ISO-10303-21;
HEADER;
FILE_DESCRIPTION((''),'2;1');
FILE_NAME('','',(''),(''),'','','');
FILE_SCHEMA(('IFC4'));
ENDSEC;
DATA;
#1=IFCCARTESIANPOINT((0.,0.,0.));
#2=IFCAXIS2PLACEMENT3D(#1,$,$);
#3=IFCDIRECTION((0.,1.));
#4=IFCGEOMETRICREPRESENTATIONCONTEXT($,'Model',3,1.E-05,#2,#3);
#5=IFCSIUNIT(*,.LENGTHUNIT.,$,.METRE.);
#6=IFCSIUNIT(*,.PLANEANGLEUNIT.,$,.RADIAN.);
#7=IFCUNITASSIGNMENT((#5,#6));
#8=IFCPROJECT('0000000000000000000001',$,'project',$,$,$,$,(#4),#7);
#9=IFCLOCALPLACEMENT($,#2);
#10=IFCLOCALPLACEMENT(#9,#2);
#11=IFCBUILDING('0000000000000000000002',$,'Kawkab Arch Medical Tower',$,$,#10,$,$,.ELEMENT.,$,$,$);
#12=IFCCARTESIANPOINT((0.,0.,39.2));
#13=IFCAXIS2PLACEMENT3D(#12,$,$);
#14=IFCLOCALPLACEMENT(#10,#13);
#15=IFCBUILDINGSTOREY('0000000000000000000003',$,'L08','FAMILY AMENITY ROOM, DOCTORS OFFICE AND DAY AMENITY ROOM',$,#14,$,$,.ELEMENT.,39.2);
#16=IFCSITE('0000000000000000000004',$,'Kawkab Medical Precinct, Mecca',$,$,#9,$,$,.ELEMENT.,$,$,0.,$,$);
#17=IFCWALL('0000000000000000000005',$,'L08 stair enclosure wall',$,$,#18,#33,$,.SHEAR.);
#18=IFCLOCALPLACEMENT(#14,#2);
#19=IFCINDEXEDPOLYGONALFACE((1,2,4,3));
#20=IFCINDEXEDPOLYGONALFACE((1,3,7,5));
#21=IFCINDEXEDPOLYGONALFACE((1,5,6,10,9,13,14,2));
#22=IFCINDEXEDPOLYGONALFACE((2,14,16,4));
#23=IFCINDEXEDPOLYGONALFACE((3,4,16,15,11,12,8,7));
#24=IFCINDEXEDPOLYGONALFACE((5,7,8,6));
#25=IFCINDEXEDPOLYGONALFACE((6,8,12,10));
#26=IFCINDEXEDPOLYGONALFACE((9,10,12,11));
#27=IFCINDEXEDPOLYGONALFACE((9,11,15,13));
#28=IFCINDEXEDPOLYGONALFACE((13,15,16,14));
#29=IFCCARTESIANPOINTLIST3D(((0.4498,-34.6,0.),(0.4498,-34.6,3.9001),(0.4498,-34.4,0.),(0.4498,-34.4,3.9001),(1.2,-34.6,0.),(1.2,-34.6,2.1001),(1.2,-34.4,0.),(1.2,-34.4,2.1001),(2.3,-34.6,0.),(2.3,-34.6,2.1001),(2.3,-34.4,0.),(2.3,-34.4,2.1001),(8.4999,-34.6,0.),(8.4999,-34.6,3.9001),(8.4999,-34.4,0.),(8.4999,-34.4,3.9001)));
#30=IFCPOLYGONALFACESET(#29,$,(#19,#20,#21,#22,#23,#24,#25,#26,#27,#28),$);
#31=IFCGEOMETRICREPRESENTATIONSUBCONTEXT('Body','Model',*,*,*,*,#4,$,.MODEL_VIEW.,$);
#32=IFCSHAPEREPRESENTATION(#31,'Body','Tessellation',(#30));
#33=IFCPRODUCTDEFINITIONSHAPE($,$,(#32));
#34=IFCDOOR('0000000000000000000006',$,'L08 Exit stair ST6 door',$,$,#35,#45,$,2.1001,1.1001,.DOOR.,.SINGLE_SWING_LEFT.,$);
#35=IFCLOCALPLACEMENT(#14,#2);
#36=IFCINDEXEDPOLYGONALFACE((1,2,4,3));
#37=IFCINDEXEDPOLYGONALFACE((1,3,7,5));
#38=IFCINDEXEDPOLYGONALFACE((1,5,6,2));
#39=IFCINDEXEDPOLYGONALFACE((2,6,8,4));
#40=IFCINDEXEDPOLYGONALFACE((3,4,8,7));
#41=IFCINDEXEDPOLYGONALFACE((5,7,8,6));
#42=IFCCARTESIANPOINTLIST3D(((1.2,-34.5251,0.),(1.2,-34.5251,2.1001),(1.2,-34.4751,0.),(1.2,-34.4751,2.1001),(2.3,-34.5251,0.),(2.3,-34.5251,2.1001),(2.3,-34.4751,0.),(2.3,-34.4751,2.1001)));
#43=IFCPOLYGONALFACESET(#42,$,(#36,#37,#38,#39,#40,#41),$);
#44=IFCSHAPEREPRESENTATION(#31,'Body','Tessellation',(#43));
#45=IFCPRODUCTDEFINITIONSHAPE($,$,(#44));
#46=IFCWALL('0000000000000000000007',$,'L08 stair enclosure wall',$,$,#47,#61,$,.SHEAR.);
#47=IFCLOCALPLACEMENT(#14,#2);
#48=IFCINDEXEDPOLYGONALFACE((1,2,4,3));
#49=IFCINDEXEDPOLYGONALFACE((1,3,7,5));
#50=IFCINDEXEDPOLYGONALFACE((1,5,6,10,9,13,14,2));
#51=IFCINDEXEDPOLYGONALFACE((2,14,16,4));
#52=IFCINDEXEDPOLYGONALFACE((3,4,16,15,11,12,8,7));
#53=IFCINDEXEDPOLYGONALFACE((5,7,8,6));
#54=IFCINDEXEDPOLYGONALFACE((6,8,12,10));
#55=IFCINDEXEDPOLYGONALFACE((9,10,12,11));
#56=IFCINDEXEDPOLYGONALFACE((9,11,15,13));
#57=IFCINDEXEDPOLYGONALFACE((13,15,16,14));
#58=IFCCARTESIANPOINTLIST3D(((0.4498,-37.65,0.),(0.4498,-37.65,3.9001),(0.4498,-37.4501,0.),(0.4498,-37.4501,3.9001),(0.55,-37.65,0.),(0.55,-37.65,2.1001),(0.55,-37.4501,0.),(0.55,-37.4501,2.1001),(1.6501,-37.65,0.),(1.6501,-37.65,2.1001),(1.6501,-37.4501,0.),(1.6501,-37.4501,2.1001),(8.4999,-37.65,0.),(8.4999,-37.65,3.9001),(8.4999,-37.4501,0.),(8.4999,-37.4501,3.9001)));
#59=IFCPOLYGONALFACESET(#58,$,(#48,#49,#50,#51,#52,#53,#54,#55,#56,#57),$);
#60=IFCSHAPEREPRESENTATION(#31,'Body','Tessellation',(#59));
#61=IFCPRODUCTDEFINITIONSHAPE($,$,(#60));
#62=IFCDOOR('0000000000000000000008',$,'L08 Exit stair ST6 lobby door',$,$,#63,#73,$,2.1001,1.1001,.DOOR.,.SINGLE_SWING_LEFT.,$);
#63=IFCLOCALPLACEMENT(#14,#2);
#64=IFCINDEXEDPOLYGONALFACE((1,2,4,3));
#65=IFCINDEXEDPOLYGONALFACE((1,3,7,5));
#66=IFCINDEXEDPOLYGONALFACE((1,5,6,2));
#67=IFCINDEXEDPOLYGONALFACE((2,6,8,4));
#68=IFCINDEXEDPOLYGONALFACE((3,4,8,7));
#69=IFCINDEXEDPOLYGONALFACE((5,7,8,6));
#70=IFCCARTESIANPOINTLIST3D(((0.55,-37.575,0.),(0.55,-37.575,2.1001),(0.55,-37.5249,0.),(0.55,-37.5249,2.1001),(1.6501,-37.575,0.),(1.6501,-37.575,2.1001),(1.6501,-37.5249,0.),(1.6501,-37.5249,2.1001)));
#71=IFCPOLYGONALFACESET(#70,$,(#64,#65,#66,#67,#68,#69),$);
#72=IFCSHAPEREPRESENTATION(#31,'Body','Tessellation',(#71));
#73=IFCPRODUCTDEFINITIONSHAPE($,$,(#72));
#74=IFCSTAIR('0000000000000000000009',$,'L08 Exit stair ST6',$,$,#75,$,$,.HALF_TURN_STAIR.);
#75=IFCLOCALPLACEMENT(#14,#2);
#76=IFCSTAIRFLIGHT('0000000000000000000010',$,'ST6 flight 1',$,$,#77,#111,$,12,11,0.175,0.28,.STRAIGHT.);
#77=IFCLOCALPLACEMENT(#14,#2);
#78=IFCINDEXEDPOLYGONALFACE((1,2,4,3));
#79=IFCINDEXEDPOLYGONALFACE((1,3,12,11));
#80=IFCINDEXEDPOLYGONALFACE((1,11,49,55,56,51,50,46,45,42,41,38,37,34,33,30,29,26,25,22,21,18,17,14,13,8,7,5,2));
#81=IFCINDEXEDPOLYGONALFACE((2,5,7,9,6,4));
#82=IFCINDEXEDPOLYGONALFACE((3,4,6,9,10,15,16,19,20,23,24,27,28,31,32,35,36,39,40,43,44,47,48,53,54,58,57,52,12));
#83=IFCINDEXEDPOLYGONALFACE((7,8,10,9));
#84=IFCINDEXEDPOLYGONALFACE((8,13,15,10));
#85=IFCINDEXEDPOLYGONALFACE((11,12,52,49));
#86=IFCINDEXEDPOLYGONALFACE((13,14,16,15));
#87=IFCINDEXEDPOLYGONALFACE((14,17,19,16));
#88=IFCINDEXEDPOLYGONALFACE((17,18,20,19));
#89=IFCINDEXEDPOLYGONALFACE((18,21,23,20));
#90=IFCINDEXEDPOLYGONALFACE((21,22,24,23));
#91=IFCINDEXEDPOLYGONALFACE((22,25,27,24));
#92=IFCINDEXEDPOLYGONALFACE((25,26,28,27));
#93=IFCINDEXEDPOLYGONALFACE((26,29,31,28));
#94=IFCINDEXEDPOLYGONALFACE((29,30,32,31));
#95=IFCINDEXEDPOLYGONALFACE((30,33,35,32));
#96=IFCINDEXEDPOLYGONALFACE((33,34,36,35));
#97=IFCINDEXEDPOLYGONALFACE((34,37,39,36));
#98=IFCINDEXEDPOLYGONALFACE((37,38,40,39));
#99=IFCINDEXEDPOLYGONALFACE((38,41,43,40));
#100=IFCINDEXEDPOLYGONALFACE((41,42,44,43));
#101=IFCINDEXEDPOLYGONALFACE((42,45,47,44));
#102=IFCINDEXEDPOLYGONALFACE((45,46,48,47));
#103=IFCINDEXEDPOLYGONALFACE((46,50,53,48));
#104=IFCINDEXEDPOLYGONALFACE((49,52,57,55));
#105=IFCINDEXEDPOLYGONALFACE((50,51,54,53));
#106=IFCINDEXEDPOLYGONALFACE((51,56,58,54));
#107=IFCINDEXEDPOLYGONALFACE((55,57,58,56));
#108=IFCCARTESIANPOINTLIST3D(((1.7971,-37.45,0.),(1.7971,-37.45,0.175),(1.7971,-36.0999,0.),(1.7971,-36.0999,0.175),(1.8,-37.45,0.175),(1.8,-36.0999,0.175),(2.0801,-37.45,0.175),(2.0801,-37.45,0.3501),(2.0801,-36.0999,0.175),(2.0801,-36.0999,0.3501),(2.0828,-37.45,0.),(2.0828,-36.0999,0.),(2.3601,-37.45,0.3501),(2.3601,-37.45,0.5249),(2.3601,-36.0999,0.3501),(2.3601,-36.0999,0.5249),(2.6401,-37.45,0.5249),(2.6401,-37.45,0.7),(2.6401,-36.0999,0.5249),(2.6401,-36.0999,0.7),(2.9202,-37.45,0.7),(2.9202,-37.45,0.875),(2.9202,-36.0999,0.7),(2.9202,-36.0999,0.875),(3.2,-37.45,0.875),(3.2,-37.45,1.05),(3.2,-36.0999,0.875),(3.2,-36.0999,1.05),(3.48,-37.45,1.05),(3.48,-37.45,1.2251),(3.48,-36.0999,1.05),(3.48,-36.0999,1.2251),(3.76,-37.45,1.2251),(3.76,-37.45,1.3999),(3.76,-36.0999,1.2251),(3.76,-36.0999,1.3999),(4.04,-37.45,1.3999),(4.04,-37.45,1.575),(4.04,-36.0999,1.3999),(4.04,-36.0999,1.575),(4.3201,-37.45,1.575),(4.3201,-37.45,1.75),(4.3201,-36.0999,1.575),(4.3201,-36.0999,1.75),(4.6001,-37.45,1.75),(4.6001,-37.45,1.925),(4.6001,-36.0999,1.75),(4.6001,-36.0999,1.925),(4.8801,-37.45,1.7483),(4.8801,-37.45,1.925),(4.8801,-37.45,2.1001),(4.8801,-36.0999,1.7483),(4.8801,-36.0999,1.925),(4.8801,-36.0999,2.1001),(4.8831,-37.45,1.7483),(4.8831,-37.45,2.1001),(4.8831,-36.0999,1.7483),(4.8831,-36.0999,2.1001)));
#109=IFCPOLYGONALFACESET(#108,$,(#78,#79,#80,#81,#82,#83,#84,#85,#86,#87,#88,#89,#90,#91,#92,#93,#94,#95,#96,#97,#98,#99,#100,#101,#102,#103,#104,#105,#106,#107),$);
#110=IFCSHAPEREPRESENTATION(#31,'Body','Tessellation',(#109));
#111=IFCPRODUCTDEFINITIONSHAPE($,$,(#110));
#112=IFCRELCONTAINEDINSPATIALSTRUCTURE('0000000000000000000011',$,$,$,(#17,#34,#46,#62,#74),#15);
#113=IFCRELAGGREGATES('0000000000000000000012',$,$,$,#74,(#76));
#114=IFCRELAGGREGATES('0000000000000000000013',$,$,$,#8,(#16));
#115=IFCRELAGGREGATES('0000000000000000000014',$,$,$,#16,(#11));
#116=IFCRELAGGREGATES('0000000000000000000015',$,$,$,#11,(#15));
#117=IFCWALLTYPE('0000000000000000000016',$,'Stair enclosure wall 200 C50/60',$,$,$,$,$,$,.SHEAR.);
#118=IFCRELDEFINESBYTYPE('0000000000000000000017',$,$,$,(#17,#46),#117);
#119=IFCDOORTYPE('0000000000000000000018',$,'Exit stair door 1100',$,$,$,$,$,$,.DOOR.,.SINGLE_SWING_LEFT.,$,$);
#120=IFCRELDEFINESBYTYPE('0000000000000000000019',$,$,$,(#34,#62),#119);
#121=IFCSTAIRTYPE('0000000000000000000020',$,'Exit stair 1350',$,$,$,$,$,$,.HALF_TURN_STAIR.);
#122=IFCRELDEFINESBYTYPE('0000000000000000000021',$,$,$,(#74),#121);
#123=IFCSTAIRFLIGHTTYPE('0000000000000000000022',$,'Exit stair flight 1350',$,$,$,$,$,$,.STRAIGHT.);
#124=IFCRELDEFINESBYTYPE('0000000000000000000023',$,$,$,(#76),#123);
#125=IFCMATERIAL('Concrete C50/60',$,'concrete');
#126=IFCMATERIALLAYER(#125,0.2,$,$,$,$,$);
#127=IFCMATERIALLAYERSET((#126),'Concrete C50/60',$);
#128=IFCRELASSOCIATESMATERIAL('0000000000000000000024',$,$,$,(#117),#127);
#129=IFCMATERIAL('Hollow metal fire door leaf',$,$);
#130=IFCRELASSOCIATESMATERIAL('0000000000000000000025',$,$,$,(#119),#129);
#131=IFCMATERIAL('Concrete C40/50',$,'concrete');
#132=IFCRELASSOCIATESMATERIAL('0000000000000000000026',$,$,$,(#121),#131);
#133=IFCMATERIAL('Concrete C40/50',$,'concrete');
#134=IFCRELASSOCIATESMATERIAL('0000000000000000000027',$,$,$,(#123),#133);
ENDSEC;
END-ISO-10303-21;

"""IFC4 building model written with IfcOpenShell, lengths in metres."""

from ifc_helpers import new_model, si_unit, direction, frame, frame_2d, origin, place, context, subcontext, project, spatial, polyline, rectangle, outline, extrude, material, layer, layer_set, type_object, element, fill, aggregate, save


model = new_model("IFC4")

# Units and contexts
model_context = context("Model", 3, precision=1e-05, world=origin(), true_north=direction((0.0, 1.0)))
body_context = subcontext(model_context, "Body", "Model", "MODEL_VIEW")
ifc_project = project(units=[si_unit("LENGTHUNIT", "METRE"), si_unit("PLANEANGLEUNIT", "RADIAN")], contexts=[model_context])

# Site, building, storey
site_placement = place(None, origin())
site = spatial("IfcSite", under=ifc_project, at=site_placement, Name="Kawkab Medical Precinct, Mecca", CompositionType="ELEMENT", RefElevation=0.0)
building_placement = place(site_placement, origin())
building = spatial("IfcBuilding", under=site, at=building_placement, Name="Kawkab Arch Medical Tower", CompositionType="ELEMENT")
storey_placement = place(building_placement, frame((0.0, 0.0, 39.2)))
storey = spatial("IfcBuildingStorey", under=building, at=storey_placement, Name="L08", Description="FAMILY AMENITY ROOM, DOCTORS OFFICE AND DAY AMENITY ROOM", CompositionType="ELEMENT", Elevation=39.2)

# Shared definitions
placement = place(storey_placement, origin())

# Walls, openings, doors
ifc_material_1 = material(Name="Concrete C50/60", Category="concrete")
ifc_layer_1 = layer(ifc_material_1, 0.2)
ifc_layer_set_1 = layer_set([ifc_layer_1], Name="Concrete C50/60")
wall_type_1 = type_object("IfcWallType", Name="Stair enclosure wall 200 C50/60", PredefinedType="SHEAR", material=ifc_layer_set_1)
wall_1_placement = place(storey_placement, frame((0.45, -34.5, 0.0), z_axis=(0.0, 0.0, 1.0), x_axis=(1.0, 0.0, 0.0)))
wall_1 = element("IfcWall", 1, at=wall_1_placement, inside=storey, type_object=wall_type_1, Name="L08 stair enclosure wall", PredefinedType="SHEAR", context=body_context, shape_type="SweptSolid", body=[
    extrude(rectangle(XDim=8.05, YDim=0.2, at=frame_2d((4.0249, 0.0))), origin(), (0.0, 0.0, 1.0), 3.9001),
])
opening_1_placement = place(wall_1_placement, frame((0.75, 0.0, 0.0)))
opening_1 = element("IfcOpeningElement", 2, at=opening_1_placement, cuts=wall_1, PredefinedType="OPENING", context=body_context, shape_type="SweptSolid", body=[
    extrude(rectangle(XDim=1.1001, YDim=2.1001, at=frame_2d((0.55, 1.05))), frame((0.0, 0.1099, 0.0), z_axis=(0.0, -1.0, 0.0), x_axis=(1.0, 0.0, 0.0)), (0.0, 0.0, 1.0), 0.22),
])
ifc_material_2 = material(Name="Hollow metal fire door leaf")
door_type_1 = type_object("IfcDoorType", Name="Exit stair door 1100", OperationType="SINGLE_SWING_LEFT", PredefinedType="DOOR", material=ifc_material_2)
door_1_placement = place(opening_1_placement, origin())
door_1 = element("IfcDoor", 3, at=door_1_placement, inside=storey, type_object=door_type_1, Name="L08 Exit stair ST6 door", OperationType="SINGLE_SWING_LEFT", OverallHeight=2.1001, OverallWidth=1.1001, PredefinedType="DOOR", context=body_context, shape_type="SweptSolid", body=[
    extrude(rectangle(XDim=1.1001, YDim=2.1001, at=frame_2d((0.55, 1.05))), frame((0.0, 0.0249, 0.0), z_axis=(0.0, -1.0, 0.0), x_axis=(1.0, 0.0, 0.0)), (0.0, 0.0, 1.0), 0.05),
])
fill(opening_1, door_1)
wall_2_placement = place(storey_placement, frame((0.45, -37.55, 0.0), z_axis=(0.0, 0.0, 1.0), x_axis=(1.0, 0.0, 0.0)))
wall_2 = element("IfcWall", 4, at=wall_2_placement, inside=storey, type_object=wall_type_1, Name="L08 stair enclosure wall", PredefinedType="SHEAR", context=body_context, shape_type="SweptSolid", body=[
    extrude(rectangle(XDim=8.05, YDim=0.2, at=frame_2d((4.0249, 0.0))), origin(), (0.0, 0.0, 1.0), 3.9001),
])
opening_2_placement = place(wall_2_placement, frame((0.1001, 0.0, 0.0)))
opening_2 = element("IfcOpeningElement", 5, at=opening_2_placement, cuts=wall_2, PredefinedType="OPENING", context=body_context, shape_type="SweptSolid", body=[
    extrude(rectangle(XDim=1.1001, YDim=2.1001, at=frame_2d((0.55, 1.05))), frame((0.0, 0.1099, 0.0), z_axis=(0.0, -1.0, 0.0), x_axis=(1.0, 0.0, 0.0)), (0.0, 0.0, 1.0), 0.22),
])
door_2_placement = place(opening_2_placement, frame((1.1001, 0.0, 0.0), z_axis=(0.0, 0.0, 1.0), x_axis=(-1.0, 0.0, 0.0)))
door_2 = element("IfcDoor", 6, at=door_2_placement, inside=storey, type_object=door_type_1, Name="L08 Exit stair ST6 lobby door", OperationType="SINGLE_SWING_LEFT", OverallHeight=2.1001, OverallWidth=1.1001, PredefinedType="DOOR", context=body_context, shape_type="SweptSolid", body=[
    extrude(rectangle(XDim=1.1001, YDim=2.1001, at=frame_2d((0.55, 1.05))), frame((0.0, 0.0249, 0.0), z_axis=(0.0, -1.0, 0.0), x_axis=(1.0, 0.0, 0.0)), (0.0, 0.0, 1.0), 0.05),
])
fill(opening_2, door_2)

# Stair, stair flight
ifc_material_3 = material(Name="Concrete C40/50", Category="concrete")
stair_type = type_object("IfcStairType", Name="Exit stair 1350", PredefinedType="HALF_TURN_STAIR", material=ifc_material_3)
stair = element("IfcStair", 7, at=placement, inside=storey, type_object=stair_type, Name="L08 Exit stair ST6", PredefinedType="HALF_TURN_STAIR")
ifc_material_4 = material(Name="Concrete C40/50", Category="concrete")
stair_flight_type = type_object("IfcStairFlightType", Name="Exit stair flight 1350", PredefinedType="STRAIGHT", material=ifc_material_4)
stair_flight_placement = place(storey_placement, frame((1.8, -36.7749, 0.0), z_axis=(0.0, 0.0, 1.0), x_axis=(1.0, 0.0, 0.0)))
stair_flight = element("IfcStairFlight", 8, at=stair_flight_placement, type_object=stair_flight_type, Name="ST6 flight 1", NumberOfRisers=12, NumberOfTreads=11, PredefinedType="STRAIGHT", RiserHeight=0.175, TreadLength=0.28, context=body_context, shape_type="SweptSolid", body=[
    extrude(outline(polyline([(-0.0029, 0.0), (-0.0029, 0.175), (0.0, 0.175), (0.28, 0.175), (0.28, 0.3501), (0.5601, 0.3501), (0.5601, 0.5249), (0.8401, 0.5249), (0.8401, 0.7), (1.1201, 0.7), (1.1201, 0.875), (1.3999, 0.875), (1.3999, 1.05), (1.6799, 1.05), (1.6799, 1.2251), (1.96, 1.2251), (1.96, 1.3999), (2.24, 1.3999), (2.24, 1.575), (2.52, 1.575), (2.52, 1.75), (2.8, 1.75), (2.8, 1.925), (3.0801, 1.925), (3.0801, 2.1001), (3.083, 2.1001), (3.083, 1.7483), (3.0801, 1.7483), (0.2827, 0.0), (-0.0029, 0.0)])), frame((0.0, 0.675, 0.0), z_axis=(0.0, -1.0, 0.0), x_axis=(1.0, 0.0, 0.0)), (0.0, 0.0, 1.0), 1.3501),
])
aggregate(stair, [stair_flight])

save(model, "model.ifc")
